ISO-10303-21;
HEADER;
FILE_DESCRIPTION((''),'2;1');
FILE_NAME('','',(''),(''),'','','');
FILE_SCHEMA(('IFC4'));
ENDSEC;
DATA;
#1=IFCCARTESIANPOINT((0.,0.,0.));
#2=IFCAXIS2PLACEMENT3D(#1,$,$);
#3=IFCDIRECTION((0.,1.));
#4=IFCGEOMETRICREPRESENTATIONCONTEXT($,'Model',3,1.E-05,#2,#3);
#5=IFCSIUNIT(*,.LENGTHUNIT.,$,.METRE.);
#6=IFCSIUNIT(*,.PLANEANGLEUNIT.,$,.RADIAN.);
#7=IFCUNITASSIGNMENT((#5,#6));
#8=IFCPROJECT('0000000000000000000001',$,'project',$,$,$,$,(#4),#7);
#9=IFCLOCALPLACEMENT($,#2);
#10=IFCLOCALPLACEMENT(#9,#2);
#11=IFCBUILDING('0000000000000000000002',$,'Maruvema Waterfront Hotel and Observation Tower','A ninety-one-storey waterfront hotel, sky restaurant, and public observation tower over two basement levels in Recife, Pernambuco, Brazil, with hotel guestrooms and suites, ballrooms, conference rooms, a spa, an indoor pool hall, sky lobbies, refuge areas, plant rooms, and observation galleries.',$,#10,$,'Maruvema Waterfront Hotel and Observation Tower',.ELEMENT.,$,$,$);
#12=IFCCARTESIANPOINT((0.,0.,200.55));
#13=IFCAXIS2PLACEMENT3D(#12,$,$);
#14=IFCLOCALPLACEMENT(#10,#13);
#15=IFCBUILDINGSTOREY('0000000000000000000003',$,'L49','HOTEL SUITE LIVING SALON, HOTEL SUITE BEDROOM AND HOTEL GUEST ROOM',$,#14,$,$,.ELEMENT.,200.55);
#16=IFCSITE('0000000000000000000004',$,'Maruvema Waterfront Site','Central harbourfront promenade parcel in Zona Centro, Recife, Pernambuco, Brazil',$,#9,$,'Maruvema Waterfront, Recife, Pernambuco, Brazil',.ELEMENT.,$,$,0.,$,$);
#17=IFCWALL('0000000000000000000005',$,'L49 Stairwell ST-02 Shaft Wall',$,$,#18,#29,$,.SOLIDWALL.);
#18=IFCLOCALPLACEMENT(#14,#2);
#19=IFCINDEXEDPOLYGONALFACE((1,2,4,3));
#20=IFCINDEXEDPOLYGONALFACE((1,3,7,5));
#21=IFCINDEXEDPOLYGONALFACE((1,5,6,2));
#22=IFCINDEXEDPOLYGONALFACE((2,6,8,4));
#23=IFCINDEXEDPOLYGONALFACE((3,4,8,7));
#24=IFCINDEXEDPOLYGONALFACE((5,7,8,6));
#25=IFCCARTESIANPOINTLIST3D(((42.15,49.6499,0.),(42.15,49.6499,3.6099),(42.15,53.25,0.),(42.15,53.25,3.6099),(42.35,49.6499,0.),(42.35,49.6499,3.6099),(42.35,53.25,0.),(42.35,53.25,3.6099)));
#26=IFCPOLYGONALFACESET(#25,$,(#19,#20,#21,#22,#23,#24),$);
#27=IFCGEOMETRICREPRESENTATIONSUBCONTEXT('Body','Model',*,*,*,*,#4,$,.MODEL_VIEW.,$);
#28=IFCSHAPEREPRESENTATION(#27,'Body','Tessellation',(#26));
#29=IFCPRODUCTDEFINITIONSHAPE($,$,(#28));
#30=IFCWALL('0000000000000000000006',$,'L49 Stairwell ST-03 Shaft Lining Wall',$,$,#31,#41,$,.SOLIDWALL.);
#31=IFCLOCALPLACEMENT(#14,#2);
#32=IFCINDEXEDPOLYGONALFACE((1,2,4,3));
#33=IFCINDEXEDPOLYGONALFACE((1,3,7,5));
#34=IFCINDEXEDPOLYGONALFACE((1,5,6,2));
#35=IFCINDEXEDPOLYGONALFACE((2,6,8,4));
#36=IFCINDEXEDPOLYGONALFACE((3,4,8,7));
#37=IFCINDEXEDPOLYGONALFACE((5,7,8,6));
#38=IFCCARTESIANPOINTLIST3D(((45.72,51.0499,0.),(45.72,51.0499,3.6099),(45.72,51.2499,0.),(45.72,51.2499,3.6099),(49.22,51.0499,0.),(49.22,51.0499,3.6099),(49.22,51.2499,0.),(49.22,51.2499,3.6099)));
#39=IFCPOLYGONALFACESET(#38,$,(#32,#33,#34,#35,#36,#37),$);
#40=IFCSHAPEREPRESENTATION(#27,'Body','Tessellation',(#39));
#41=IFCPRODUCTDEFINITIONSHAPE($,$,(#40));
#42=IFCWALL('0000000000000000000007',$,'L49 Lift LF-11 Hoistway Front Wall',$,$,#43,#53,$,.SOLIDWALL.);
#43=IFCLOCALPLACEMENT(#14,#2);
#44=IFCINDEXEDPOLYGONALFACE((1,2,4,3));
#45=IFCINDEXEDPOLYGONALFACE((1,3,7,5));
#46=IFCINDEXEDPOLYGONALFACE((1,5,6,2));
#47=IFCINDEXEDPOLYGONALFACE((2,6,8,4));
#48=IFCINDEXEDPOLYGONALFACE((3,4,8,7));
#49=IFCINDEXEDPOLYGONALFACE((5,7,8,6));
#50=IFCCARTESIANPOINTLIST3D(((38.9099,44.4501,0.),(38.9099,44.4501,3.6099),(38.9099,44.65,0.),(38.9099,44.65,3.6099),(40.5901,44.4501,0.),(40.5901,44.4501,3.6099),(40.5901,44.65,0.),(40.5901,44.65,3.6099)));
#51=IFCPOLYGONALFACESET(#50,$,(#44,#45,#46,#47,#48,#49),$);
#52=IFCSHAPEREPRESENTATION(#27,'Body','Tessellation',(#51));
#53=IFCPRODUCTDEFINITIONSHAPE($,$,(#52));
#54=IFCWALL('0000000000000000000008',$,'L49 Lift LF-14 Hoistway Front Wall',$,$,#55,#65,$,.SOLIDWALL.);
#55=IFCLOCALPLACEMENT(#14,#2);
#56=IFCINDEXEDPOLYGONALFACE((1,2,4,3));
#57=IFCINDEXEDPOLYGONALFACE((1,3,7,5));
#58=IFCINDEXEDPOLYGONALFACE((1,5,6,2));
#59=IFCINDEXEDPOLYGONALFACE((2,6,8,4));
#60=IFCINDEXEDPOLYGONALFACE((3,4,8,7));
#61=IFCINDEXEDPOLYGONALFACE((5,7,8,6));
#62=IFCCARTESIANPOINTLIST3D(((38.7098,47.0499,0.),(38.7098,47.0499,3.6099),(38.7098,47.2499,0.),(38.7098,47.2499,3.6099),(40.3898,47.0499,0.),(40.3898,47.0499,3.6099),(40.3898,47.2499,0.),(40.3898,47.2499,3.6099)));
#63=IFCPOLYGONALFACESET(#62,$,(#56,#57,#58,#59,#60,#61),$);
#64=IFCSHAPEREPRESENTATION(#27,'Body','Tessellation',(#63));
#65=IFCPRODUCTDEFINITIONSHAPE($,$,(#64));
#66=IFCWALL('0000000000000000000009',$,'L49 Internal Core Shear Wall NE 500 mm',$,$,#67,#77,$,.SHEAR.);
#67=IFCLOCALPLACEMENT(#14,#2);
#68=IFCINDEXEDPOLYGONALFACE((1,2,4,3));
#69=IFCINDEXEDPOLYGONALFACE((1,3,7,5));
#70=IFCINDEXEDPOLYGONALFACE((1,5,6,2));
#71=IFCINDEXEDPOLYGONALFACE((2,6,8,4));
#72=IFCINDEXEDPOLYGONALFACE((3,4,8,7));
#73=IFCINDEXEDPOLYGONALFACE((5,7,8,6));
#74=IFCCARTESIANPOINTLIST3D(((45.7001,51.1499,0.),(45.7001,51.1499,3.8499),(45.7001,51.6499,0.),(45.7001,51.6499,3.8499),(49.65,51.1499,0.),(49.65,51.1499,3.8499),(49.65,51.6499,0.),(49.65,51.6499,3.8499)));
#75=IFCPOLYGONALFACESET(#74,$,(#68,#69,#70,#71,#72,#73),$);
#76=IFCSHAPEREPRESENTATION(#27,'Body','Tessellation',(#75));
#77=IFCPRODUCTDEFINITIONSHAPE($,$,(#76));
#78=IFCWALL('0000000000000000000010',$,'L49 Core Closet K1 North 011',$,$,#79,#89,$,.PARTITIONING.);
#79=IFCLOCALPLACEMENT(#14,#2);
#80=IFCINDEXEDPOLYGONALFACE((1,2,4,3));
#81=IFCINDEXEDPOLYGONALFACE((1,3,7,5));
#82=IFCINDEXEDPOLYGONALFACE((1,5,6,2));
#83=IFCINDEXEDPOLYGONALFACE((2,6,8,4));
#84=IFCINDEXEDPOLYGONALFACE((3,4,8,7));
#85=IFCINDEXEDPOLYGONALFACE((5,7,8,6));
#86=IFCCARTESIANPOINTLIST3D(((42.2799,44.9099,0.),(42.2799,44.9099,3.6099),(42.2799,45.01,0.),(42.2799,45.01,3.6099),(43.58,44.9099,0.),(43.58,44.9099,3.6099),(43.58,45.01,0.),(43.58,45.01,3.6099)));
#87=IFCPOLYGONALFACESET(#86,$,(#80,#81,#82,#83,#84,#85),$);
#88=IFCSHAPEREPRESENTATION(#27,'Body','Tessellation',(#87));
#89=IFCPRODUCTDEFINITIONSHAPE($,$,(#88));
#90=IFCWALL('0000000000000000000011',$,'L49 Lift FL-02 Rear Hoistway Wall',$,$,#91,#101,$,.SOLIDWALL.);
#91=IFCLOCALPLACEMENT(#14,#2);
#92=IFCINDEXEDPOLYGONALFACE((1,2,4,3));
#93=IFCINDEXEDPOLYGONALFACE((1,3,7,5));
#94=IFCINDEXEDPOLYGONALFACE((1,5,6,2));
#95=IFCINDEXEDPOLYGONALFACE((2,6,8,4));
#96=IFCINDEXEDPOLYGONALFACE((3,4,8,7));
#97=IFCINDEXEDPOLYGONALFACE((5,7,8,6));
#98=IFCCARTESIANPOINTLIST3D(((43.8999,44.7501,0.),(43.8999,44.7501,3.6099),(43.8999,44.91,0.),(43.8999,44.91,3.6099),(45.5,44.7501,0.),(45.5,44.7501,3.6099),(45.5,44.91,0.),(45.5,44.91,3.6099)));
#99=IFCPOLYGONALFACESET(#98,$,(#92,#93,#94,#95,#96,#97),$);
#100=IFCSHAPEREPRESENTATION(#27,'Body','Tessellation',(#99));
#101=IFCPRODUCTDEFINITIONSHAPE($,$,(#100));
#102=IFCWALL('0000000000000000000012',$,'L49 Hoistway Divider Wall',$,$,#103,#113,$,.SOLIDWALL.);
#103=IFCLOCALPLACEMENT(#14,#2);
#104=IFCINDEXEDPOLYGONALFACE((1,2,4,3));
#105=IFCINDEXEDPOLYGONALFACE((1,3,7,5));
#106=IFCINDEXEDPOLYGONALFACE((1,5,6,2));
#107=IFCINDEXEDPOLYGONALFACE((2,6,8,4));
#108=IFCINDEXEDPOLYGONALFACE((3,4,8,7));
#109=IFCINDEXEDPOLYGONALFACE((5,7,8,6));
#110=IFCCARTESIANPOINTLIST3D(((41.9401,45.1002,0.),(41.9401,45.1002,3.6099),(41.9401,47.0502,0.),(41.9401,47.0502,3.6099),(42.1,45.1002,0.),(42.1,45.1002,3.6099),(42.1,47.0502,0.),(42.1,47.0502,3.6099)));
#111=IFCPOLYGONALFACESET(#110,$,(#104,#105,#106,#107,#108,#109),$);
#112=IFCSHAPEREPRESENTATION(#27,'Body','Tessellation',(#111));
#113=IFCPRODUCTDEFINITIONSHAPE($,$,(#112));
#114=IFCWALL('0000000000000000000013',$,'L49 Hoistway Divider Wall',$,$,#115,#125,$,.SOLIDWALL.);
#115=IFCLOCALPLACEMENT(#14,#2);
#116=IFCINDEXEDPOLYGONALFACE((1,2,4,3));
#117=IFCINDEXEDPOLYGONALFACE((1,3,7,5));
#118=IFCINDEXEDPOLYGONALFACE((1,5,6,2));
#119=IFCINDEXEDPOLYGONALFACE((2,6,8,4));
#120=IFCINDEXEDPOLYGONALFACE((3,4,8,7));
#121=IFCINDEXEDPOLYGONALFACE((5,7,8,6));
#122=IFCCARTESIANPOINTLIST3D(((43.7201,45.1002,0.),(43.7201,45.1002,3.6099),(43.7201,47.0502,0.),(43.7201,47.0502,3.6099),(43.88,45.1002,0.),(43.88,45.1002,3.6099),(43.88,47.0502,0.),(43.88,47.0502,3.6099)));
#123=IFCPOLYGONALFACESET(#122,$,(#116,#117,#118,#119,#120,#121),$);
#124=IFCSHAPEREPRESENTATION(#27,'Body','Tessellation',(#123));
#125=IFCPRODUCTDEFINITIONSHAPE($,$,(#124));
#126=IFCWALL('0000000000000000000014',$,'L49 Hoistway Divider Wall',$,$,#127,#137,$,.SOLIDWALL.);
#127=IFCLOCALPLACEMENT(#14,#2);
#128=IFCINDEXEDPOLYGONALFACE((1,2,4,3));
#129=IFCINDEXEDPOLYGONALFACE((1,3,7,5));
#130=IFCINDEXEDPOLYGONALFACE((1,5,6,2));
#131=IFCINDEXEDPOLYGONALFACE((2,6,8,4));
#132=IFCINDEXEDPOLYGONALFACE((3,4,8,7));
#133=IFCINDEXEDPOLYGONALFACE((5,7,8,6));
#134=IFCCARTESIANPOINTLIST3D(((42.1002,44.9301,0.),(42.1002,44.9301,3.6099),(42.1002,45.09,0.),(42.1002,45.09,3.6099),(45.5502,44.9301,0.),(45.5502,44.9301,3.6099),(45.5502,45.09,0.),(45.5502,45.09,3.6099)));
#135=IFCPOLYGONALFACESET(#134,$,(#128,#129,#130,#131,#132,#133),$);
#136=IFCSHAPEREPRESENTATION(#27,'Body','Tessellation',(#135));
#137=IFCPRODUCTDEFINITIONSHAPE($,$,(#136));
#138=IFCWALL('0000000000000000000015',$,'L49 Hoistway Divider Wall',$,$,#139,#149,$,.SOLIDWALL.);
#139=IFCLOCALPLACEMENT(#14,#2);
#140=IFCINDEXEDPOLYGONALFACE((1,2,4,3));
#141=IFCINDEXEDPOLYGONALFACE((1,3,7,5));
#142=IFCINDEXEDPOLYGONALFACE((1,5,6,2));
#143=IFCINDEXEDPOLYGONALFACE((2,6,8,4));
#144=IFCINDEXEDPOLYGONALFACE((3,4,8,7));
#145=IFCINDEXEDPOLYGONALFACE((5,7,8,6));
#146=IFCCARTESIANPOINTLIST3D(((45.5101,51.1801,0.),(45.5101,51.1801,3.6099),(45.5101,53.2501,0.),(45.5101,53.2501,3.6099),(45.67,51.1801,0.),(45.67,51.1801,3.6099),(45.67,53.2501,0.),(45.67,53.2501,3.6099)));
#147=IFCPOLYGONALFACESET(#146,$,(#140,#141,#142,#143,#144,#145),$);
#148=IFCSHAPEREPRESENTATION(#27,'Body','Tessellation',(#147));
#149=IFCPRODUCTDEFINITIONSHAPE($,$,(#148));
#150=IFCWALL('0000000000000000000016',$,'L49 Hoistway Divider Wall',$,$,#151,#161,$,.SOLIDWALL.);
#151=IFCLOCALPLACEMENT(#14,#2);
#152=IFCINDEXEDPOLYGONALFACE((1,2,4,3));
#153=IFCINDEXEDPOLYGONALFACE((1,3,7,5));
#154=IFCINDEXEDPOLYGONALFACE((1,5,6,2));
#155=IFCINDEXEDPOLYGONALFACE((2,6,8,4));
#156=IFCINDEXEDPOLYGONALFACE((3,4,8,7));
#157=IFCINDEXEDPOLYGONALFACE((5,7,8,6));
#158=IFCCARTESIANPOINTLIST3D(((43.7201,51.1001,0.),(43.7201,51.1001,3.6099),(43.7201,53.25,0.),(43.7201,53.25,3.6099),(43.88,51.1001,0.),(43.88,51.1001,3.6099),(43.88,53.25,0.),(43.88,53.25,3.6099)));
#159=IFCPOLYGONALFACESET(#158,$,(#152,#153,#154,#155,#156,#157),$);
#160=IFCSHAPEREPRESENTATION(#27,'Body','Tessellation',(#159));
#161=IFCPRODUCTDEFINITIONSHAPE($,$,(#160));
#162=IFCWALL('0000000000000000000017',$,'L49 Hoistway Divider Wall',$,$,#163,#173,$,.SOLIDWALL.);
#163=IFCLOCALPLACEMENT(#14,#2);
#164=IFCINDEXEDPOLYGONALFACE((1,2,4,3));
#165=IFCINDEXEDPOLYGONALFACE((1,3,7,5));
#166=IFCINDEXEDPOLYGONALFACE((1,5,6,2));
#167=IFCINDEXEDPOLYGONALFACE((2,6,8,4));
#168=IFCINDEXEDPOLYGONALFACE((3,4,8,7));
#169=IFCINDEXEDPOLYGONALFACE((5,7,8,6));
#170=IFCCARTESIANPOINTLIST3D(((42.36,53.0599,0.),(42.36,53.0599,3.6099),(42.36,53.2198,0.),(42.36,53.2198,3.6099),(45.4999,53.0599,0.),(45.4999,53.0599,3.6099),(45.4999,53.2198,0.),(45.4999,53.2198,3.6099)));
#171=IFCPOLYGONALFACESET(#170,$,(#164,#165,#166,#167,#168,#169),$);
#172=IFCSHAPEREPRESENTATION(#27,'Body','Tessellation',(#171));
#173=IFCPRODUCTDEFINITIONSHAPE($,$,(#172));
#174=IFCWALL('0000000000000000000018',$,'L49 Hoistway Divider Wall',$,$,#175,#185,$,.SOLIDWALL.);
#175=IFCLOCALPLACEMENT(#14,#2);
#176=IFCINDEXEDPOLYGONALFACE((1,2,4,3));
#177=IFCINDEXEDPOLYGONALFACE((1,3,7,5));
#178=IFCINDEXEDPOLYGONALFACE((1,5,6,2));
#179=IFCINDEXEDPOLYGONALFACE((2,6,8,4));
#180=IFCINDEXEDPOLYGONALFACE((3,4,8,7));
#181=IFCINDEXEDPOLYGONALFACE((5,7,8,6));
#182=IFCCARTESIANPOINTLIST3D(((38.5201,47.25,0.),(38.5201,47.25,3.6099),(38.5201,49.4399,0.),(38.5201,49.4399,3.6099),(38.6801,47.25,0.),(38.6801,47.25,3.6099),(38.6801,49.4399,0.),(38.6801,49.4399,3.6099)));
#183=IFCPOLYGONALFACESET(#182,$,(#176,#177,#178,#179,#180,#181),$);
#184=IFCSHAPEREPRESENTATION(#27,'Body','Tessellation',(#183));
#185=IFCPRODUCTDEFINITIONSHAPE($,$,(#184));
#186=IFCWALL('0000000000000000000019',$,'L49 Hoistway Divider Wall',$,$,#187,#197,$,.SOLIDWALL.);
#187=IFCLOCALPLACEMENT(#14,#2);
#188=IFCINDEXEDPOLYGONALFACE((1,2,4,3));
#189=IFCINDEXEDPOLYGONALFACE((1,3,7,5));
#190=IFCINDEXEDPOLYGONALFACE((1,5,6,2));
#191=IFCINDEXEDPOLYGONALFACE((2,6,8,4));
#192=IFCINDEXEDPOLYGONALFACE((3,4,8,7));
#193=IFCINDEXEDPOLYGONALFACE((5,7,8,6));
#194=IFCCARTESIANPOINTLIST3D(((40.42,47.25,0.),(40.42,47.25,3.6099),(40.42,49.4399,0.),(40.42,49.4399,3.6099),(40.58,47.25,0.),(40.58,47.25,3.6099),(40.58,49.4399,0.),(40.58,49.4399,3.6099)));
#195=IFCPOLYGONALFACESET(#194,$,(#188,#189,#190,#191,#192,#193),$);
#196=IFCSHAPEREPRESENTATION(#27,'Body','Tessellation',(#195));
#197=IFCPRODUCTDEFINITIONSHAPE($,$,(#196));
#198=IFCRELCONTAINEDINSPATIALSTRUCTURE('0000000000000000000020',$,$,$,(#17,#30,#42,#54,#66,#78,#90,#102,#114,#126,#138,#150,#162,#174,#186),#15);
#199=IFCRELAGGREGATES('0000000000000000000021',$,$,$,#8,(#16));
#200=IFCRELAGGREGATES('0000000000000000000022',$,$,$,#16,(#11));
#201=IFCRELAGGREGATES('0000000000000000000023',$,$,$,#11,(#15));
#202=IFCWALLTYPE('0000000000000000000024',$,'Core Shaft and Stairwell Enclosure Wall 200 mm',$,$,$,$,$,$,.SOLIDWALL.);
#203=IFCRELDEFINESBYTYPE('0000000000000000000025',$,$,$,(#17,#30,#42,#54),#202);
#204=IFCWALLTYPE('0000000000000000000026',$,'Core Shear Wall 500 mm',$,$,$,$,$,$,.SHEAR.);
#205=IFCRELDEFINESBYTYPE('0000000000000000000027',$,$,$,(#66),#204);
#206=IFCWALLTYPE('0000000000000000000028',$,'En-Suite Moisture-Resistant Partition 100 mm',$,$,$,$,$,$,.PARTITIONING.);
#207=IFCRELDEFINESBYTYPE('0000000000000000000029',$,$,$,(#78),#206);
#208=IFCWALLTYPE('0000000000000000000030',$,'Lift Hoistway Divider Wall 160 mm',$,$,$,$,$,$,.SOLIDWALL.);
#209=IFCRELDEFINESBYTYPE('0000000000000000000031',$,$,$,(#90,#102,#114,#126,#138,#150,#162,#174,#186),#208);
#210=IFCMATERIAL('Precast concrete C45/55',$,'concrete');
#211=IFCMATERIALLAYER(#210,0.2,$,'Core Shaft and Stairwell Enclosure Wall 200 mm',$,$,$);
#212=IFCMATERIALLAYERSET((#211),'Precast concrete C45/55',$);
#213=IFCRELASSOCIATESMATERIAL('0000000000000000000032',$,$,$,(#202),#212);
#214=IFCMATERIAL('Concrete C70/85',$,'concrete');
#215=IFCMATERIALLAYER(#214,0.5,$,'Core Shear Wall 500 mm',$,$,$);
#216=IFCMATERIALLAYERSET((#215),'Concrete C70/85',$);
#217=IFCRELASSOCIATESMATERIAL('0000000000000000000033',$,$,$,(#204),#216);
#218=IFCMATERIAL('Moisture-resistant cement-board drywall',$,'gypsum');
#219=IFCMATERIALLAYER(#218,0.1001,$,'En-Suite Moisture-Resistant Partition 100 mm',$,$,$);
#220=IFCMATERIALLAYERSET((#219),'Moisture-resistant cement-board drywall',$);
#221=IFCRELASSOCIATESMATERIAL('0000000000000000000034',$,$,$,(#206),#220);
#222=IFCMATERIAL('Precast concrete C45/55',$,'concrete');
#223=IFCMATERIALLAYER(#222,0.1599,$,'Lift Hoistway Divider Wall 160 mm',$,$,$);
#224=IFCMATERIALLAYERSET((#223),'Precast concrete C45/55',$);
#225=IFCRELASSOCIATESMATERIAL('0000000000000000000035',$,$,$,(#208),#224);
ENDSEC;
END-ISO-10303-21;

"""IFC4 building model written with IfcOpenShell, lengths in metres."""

from ifc_helpers import new_model, si_unit, direction, frame, frame_2d, origin, place, context, subcontext, project, spatial, rectangle, extrude, material, layer, layer_set, type_object, element, save


model = new_model("IFC4")

# Units and contexts
model_context = context("Model", 3, precision=1e-05, world=origin(), true_north=direction((0.0, 1.0)))
body_context = subcontext(model_context, "Body", "Model", "MODEL_VIEW")
ifc_project = project(units=[si_unit("LENGTHUNIT", "METRE"), si_unit("PLANEANGLEUNIT", "RADIAN")], contexts=[model_context])

# Site, building, storey
site_placement = place(None, origin())
site = spatial("IfcSite", under=ifc_project, at=site_placement, Name="Maruvema Waterfront Site", Description="Central harbourfront promenade parcel in Zona Centro, Recife, Pernambuco, Brazil", LongName="Maruvema Waterfront, Recife, Pernambuco, Brazil", CompositionType="ELEMENT", RefElevation=0.0)
building_placement = place(site_placement, origin())
building = spatial("IfcBuilding", under=site, at=building_placement, Name="Maruvema Waterfront Hotel and Observation Tower", Description="A ninety-one-storey waterfront hotel, sky restaurant, and public observation tower over two basement levels in Recife, Pernambuco, Brazil, with hotel guestrooms and suites, ballrooms, conference rooms, a spa, an indoor pool hall, sky lobbies, refuge areas, plant rooms, and observation galleries.", LongName="Maruvema Waterfront Hotel and Observation Tower", CompositionType="ELEMENT")
storey_placement = place(building_placement, frame((0.0, 0.0, 200.55)))
storey = spatial("IfcBuildingStorey", under=building, at=storey_placement, Name="L49", Description="HOTEL SUITE LIVING SALON, HOTEL SUITE BEDROOM AND HOTEL GUEST ROOM", CompositionType="ELEMENT", Elevation=200.55)

# Walls
ifc_material_1 = material(Name="Precast concrete C45/55", Category="concrete")
ifc_layer_1 = layer(ifc_material_1, 0.2, Name="Core Shaft and Stairwell Enclosure Wall 200 mm")
ifc_layer_set_1 = layer_set([ifc_layer_1], Name="Precast concrete C45/55")
wall_type_1 = type_object("IfcWallType", Name="Core Shaft and Stairwell Enclosure Wall 200 mm", PredefinedType="SOLIDWALL", material=ifc_layer_set_1)
wall_1_placement = place(storey_placement, frame((42.25, 49.6499, 0.0), z_axis=(0.0, 0.0, 1.0), x_axis=(0.0, 1.0, 0.0)))
element("IfcWall", 1, at=wall_1_placement, inside=storey, type_object=wall_type_1, Name="L49 Stairwell ST-02 Shaft Wall", PredefinedType="SOLIDWALL", context=body_context, shape_type="SweptSolid", body=[
    extrude(rectangle(XDim=3.6001, YDim=0.2, at=frame_2d((1.8, 0.0))), origin(), (0.0, 0.0, 1.0), 3.6099),
])
wall_2_placement = place(storey_placement, frame((45.72, 51.1499, 0.0), z_axis=(0.0, 0.0, 1.0), x_axis=(1.0, 0.0, 0.0)))
element("IfcWall", 2, at=wall_2_placement, inside=storey, type_object=wall_type_1, Name="L49 Stairwell ST-03 Shaft Lining Wall", PredefinedType="SOLIDWALL", context=body_context, shape_type="SweptSolid", body=[
    extrude(rectangle(XDim=3.5, YDim=0.2, at=frame_2d((1.75, 0.0))), origin(), (0.0, 0.0, 1.0), 3.6099),
])

# Walls
wall_3_placement = place(storey_placement, frame((38.9099, 44.55, 0.0), z_axis=(0.0, 0.0, 1.0), x_axis=(1.0, 0.0, 0.0)))
element("IfcWall", 3, at=wall_3_placement, inside=storey, type_object=wall_type_1, Name="L49 Lift LF-11 Hoistway Front Wall", PredefinedType="SOLIDWALL", context=body_context, shape_type="SweptSolid", body=[
    extrude(rectangle(XDim=1.6802, YDim=0.2, at=frame_2d((0.8401, 0.0))), origin(), (0.0, 0.0, 1.0), 3.6099),
])
wall_4_placement = place(storey_placement, frame((38.71, 47.1499, 0.0), z_axis=(0.0, 0.0, 1.0), x_axis=(1.0, 0.0, 0.0)))
element("IfcWall", 4, at=wall_4_placement, inside=storey, type_object=wall_type_1, Name="L49 Lift LF-14 Hoistway Front Wall", PredefinedType="SOLIDWALL", context=body_context, shape_type="SweptSolid", body=[
    extrude(rectangle(XDim=1.6799, YDim=0.2, at=frame_2d((0.8398, 0.0))), origin(), (0.0, 0.0, 1.0), 3.6099),
])
ifc_material_2 = material(Name="Concrete C70/85", Category="concrete")
ifc_layer_2 = layer(ifc_material_2, 0.5, Name="Core Shear Wall 500 mm")
ifc_layer_set_2 = layer_set([ifc_layer_2], Name="Concrete C70/85")
wall_type_2 = type_object("IfcWallType", Name="Core Shear Wall 500 mm", PredefinedType="SHEAR", material=ifc_layer_set_2)
wall_5_placement = place(storey_placement, frame((45.7, 51.3999, 0.0), z_axis=(0.0, 0.0, 1.0), x_axis=(1.0, 0.0, 0.0)))
element("IfcWall", 5, at=wall_5_placement, inside=storey, type_object=wall_type_2, Name="L49 Internal Core Shear Wall NE 500 mm", PredefinedType="SHEAR", context=body_context, shape_type="SweptSolid", body=[
    extrude(rectangle(XDim=3.95, YDim=0.5, at=frame_2d((1.9751, 0.0))), origin(), (0.0, 0.0, 1.0), 3.8499),
])
ifc_material_3 = material(Name="Moisture-resistant cement-board drywall", Category="gypsum")
ifc_layer_3 = layer(ifc_material_3, 0.1001, Name="En-Suite Moisture-Resistant Partition 100 mm")
ifc_layer_set_3 = layer_set([ifc_layer_3], Name="Moisture-resistant cement-board drywall")
wall_type_3 = type_object("IfcWallType", Name="En-Suite Moisture-Resistant Partition 100 mm", PredefinedType="PARTITIONING", material=ifc_layer_set_3)
wall_6_placement = place(storey_placement, frame((42.28, 44.96, 0.0), z_axis=(0.0, 0.0, 1.0), x_axis=(1.0, 0.0, 0.0)))
element("IfcWall", 6, at=wall_6_placement, inside=storey, type_object=wall_type_3, Name="L49 Core Closet K1 North 011", PredefinedType="PARTITIONING", context=body_context, shape_type="SweptSolid", body=[
    extrude(rectangle(XDim=1.3, YDim=0.1001, at=frame_2d((0.6499, 0.0))), origin(), (0.0, 0.0, 1.0), 3.6099),
])
ifc_material_4 = material(Name="Precast concrete C45/55", Category="concrete")
ifc_layer_4 = layer(ifc_material_4, 0.1599, Name="Lift Hoistway Divider Wall 160 mm")
ifc_layer_set_4 = layer_set([ifc_layer_4], Name="Precast concrete C45/55")
wall_type_4 = type_object("IfcWallType", Name="Lift Hoistway Divider Wall 160 mm", PredefinedType="SOLIDWALL", material=ifc_layer_set_4)
wall_7_placement = place(storey_placement, frame((43.8999, 44.8301, 0.0), z_axis=(0.0, 0.0, 1.0), x_axis=(1.0, 0.0, 0.0)))
element("IfcWall", 7, at=wall_7_placement, inside=storey, type_object=wall_type_4, Name="L49 Lift FL-02 Rear Hoistway Wall", PredefinedType="SOLIDWALL", context=body_context, shape_type="SweptSolid", body=[
    extrude(rectangle(XDim=1.6001, YDim=0.1599, at=frame_2d((0.8, 0.0))), origin(), (0.0, 0.0, 1.0), 3.6099),
])
for number, where, z_axis, x_axis, name in (
    (8, (42.02, 45.1001, 0.0), (0.0, 0.0, 1.0), (0.0, 1.0, 0.0), "L49 Hoistway Divider Wall"),
    (9, (43.8, 45.1001, 0.0), (0.0, 0.0, 1.0), (0.0, 1.0, 0.0), "L49 Hoistway Divider Wall"),
):
    element("IfcWall", number, at=place(storey_placement, frame(where, z_axis=z_axis, x_axis=x_axis)), inside=storey, type_object=wall_type_4, Name=name, PredefinedType="SOLIDWALL", context=body_context, shape_type="SweptSolid", body=[
        extrude(rectangle(XDim=1.95, YDim=0.1599, at=frame_2d((0.9751, 0.0))), origin(), (0.0, 0.0, 1.0), 3.6099),
    ])
wall_8_placement = place(storey_placement, frame((42.1001, 45.01, 0.0), z_axis=(0.0, 0.0, 1.0), x_axis=(1.0, 0.0, 0.0)))
element("IfcWall", 10, at=wall_8_placement, inside=storey, type_object=wall_type_4, Name="L49 Hoistway Divider Wall", PredefinedType="SOLIDWALL", context=body_context, shape_type="SweptSolid", body=[
    extrude(rectangle(XDim=3.45, YDim=0.1599, at=frame_2d((1.7251, 0.0))), origin(), (0.0, 0.0, 1.0), 3.6099),
])
wall_9_placement = place(storey_placement, frame((45.5901, 51.1799, 0.0), z_axis=(0.0, 0.0, 1.0), x_axis=(0.0, 1.0, 0.0)))
element("IfcWall", 11, at=wall_9_placement, inside=storey, type_object=wall_type_4, Name="L49 Hoistway Divider Wall", PredefinedType="SOLIDWALL", context=body_context, shape_type="SweptSolid", body=[
    extrude(rectangle(XDim=2.0701, YDim=0.1599, at=frame_2d((1.0352, 0.0))), origin(), (0.0, 0.0, 1.0), 3.6099),
])
wall_10_placement = place(storey_placement, frame((43.8, 51.1001, 0.0), z_axis=(0.0, 0.0, 1.0), x_axis=(0.0, 1.0, 0.0)))
element("IfcWall", 12, at=wall_10_placement, inside=storey, type_object=wall_type_4, Name="L49 Hoistway Divider Wall", PredefinedType="SOLIDWALL", context=body_context, shape_type="SweptSolid", body=[
    extrude(rectangle(XDim=2.1499, YDim=0.1599, at=frame_2d((1.075, 0.0))), origin(), (0.0, 0.0, 1.0), 3.6099),
])
wall_11_placement = place(storey_placement, frame((42.3601, 53.1399, 0.0), z_axis=(0.0, 0.0, 1.0), x_axis=(1.0, 0.0, 0.0)))
element("IfcWall", 13, at=wall_11_placement, inside=storey, type_object=wall_type_4, Name="L49 Hoistway Divider Wall", PredefinedType="SOLIDWALL", context=body_context, shape_type="SweptSolid", body=[
    extrude(rectangle(XDim=3.1399, YDim=0.1599, at=frame_2d((1.5698, 0.0))), origin(), (0.0, 0.0, 1.0), 3.6099),
])
for number, where, z_axis, x_axis, name in (
    (14, (38.6001, 47.25, 0.0), (0.0, 0.0, 1.0), (0.0, 1.0, 0.0), "L49 Hoistway Divider Wall"),
    (15, (40.5, 47.25, 0.0), (0.0, 0.0, 1.0), (0.0, 1.0, 0.0), "L49 Hoistway Divider Wall"),
):
    element("IfcWall", number, at=place(storey_placement, frame(where, z_axis=z_axis, x_axis=x_axis)), inside=storey, type_object=wall_type_4, Name=name, PredefinedType="SOLIDWALL", context=body_context, shape_type="SweptSolid", body=[
        extrude(rectangle(XDim=2.1899, YDim=0.1599, at=frame_2d((1.095, 0.0))), origin(), (0.0, 0.0, 1.0), 3.6099),
    ])

save(model, "model.ifc")
